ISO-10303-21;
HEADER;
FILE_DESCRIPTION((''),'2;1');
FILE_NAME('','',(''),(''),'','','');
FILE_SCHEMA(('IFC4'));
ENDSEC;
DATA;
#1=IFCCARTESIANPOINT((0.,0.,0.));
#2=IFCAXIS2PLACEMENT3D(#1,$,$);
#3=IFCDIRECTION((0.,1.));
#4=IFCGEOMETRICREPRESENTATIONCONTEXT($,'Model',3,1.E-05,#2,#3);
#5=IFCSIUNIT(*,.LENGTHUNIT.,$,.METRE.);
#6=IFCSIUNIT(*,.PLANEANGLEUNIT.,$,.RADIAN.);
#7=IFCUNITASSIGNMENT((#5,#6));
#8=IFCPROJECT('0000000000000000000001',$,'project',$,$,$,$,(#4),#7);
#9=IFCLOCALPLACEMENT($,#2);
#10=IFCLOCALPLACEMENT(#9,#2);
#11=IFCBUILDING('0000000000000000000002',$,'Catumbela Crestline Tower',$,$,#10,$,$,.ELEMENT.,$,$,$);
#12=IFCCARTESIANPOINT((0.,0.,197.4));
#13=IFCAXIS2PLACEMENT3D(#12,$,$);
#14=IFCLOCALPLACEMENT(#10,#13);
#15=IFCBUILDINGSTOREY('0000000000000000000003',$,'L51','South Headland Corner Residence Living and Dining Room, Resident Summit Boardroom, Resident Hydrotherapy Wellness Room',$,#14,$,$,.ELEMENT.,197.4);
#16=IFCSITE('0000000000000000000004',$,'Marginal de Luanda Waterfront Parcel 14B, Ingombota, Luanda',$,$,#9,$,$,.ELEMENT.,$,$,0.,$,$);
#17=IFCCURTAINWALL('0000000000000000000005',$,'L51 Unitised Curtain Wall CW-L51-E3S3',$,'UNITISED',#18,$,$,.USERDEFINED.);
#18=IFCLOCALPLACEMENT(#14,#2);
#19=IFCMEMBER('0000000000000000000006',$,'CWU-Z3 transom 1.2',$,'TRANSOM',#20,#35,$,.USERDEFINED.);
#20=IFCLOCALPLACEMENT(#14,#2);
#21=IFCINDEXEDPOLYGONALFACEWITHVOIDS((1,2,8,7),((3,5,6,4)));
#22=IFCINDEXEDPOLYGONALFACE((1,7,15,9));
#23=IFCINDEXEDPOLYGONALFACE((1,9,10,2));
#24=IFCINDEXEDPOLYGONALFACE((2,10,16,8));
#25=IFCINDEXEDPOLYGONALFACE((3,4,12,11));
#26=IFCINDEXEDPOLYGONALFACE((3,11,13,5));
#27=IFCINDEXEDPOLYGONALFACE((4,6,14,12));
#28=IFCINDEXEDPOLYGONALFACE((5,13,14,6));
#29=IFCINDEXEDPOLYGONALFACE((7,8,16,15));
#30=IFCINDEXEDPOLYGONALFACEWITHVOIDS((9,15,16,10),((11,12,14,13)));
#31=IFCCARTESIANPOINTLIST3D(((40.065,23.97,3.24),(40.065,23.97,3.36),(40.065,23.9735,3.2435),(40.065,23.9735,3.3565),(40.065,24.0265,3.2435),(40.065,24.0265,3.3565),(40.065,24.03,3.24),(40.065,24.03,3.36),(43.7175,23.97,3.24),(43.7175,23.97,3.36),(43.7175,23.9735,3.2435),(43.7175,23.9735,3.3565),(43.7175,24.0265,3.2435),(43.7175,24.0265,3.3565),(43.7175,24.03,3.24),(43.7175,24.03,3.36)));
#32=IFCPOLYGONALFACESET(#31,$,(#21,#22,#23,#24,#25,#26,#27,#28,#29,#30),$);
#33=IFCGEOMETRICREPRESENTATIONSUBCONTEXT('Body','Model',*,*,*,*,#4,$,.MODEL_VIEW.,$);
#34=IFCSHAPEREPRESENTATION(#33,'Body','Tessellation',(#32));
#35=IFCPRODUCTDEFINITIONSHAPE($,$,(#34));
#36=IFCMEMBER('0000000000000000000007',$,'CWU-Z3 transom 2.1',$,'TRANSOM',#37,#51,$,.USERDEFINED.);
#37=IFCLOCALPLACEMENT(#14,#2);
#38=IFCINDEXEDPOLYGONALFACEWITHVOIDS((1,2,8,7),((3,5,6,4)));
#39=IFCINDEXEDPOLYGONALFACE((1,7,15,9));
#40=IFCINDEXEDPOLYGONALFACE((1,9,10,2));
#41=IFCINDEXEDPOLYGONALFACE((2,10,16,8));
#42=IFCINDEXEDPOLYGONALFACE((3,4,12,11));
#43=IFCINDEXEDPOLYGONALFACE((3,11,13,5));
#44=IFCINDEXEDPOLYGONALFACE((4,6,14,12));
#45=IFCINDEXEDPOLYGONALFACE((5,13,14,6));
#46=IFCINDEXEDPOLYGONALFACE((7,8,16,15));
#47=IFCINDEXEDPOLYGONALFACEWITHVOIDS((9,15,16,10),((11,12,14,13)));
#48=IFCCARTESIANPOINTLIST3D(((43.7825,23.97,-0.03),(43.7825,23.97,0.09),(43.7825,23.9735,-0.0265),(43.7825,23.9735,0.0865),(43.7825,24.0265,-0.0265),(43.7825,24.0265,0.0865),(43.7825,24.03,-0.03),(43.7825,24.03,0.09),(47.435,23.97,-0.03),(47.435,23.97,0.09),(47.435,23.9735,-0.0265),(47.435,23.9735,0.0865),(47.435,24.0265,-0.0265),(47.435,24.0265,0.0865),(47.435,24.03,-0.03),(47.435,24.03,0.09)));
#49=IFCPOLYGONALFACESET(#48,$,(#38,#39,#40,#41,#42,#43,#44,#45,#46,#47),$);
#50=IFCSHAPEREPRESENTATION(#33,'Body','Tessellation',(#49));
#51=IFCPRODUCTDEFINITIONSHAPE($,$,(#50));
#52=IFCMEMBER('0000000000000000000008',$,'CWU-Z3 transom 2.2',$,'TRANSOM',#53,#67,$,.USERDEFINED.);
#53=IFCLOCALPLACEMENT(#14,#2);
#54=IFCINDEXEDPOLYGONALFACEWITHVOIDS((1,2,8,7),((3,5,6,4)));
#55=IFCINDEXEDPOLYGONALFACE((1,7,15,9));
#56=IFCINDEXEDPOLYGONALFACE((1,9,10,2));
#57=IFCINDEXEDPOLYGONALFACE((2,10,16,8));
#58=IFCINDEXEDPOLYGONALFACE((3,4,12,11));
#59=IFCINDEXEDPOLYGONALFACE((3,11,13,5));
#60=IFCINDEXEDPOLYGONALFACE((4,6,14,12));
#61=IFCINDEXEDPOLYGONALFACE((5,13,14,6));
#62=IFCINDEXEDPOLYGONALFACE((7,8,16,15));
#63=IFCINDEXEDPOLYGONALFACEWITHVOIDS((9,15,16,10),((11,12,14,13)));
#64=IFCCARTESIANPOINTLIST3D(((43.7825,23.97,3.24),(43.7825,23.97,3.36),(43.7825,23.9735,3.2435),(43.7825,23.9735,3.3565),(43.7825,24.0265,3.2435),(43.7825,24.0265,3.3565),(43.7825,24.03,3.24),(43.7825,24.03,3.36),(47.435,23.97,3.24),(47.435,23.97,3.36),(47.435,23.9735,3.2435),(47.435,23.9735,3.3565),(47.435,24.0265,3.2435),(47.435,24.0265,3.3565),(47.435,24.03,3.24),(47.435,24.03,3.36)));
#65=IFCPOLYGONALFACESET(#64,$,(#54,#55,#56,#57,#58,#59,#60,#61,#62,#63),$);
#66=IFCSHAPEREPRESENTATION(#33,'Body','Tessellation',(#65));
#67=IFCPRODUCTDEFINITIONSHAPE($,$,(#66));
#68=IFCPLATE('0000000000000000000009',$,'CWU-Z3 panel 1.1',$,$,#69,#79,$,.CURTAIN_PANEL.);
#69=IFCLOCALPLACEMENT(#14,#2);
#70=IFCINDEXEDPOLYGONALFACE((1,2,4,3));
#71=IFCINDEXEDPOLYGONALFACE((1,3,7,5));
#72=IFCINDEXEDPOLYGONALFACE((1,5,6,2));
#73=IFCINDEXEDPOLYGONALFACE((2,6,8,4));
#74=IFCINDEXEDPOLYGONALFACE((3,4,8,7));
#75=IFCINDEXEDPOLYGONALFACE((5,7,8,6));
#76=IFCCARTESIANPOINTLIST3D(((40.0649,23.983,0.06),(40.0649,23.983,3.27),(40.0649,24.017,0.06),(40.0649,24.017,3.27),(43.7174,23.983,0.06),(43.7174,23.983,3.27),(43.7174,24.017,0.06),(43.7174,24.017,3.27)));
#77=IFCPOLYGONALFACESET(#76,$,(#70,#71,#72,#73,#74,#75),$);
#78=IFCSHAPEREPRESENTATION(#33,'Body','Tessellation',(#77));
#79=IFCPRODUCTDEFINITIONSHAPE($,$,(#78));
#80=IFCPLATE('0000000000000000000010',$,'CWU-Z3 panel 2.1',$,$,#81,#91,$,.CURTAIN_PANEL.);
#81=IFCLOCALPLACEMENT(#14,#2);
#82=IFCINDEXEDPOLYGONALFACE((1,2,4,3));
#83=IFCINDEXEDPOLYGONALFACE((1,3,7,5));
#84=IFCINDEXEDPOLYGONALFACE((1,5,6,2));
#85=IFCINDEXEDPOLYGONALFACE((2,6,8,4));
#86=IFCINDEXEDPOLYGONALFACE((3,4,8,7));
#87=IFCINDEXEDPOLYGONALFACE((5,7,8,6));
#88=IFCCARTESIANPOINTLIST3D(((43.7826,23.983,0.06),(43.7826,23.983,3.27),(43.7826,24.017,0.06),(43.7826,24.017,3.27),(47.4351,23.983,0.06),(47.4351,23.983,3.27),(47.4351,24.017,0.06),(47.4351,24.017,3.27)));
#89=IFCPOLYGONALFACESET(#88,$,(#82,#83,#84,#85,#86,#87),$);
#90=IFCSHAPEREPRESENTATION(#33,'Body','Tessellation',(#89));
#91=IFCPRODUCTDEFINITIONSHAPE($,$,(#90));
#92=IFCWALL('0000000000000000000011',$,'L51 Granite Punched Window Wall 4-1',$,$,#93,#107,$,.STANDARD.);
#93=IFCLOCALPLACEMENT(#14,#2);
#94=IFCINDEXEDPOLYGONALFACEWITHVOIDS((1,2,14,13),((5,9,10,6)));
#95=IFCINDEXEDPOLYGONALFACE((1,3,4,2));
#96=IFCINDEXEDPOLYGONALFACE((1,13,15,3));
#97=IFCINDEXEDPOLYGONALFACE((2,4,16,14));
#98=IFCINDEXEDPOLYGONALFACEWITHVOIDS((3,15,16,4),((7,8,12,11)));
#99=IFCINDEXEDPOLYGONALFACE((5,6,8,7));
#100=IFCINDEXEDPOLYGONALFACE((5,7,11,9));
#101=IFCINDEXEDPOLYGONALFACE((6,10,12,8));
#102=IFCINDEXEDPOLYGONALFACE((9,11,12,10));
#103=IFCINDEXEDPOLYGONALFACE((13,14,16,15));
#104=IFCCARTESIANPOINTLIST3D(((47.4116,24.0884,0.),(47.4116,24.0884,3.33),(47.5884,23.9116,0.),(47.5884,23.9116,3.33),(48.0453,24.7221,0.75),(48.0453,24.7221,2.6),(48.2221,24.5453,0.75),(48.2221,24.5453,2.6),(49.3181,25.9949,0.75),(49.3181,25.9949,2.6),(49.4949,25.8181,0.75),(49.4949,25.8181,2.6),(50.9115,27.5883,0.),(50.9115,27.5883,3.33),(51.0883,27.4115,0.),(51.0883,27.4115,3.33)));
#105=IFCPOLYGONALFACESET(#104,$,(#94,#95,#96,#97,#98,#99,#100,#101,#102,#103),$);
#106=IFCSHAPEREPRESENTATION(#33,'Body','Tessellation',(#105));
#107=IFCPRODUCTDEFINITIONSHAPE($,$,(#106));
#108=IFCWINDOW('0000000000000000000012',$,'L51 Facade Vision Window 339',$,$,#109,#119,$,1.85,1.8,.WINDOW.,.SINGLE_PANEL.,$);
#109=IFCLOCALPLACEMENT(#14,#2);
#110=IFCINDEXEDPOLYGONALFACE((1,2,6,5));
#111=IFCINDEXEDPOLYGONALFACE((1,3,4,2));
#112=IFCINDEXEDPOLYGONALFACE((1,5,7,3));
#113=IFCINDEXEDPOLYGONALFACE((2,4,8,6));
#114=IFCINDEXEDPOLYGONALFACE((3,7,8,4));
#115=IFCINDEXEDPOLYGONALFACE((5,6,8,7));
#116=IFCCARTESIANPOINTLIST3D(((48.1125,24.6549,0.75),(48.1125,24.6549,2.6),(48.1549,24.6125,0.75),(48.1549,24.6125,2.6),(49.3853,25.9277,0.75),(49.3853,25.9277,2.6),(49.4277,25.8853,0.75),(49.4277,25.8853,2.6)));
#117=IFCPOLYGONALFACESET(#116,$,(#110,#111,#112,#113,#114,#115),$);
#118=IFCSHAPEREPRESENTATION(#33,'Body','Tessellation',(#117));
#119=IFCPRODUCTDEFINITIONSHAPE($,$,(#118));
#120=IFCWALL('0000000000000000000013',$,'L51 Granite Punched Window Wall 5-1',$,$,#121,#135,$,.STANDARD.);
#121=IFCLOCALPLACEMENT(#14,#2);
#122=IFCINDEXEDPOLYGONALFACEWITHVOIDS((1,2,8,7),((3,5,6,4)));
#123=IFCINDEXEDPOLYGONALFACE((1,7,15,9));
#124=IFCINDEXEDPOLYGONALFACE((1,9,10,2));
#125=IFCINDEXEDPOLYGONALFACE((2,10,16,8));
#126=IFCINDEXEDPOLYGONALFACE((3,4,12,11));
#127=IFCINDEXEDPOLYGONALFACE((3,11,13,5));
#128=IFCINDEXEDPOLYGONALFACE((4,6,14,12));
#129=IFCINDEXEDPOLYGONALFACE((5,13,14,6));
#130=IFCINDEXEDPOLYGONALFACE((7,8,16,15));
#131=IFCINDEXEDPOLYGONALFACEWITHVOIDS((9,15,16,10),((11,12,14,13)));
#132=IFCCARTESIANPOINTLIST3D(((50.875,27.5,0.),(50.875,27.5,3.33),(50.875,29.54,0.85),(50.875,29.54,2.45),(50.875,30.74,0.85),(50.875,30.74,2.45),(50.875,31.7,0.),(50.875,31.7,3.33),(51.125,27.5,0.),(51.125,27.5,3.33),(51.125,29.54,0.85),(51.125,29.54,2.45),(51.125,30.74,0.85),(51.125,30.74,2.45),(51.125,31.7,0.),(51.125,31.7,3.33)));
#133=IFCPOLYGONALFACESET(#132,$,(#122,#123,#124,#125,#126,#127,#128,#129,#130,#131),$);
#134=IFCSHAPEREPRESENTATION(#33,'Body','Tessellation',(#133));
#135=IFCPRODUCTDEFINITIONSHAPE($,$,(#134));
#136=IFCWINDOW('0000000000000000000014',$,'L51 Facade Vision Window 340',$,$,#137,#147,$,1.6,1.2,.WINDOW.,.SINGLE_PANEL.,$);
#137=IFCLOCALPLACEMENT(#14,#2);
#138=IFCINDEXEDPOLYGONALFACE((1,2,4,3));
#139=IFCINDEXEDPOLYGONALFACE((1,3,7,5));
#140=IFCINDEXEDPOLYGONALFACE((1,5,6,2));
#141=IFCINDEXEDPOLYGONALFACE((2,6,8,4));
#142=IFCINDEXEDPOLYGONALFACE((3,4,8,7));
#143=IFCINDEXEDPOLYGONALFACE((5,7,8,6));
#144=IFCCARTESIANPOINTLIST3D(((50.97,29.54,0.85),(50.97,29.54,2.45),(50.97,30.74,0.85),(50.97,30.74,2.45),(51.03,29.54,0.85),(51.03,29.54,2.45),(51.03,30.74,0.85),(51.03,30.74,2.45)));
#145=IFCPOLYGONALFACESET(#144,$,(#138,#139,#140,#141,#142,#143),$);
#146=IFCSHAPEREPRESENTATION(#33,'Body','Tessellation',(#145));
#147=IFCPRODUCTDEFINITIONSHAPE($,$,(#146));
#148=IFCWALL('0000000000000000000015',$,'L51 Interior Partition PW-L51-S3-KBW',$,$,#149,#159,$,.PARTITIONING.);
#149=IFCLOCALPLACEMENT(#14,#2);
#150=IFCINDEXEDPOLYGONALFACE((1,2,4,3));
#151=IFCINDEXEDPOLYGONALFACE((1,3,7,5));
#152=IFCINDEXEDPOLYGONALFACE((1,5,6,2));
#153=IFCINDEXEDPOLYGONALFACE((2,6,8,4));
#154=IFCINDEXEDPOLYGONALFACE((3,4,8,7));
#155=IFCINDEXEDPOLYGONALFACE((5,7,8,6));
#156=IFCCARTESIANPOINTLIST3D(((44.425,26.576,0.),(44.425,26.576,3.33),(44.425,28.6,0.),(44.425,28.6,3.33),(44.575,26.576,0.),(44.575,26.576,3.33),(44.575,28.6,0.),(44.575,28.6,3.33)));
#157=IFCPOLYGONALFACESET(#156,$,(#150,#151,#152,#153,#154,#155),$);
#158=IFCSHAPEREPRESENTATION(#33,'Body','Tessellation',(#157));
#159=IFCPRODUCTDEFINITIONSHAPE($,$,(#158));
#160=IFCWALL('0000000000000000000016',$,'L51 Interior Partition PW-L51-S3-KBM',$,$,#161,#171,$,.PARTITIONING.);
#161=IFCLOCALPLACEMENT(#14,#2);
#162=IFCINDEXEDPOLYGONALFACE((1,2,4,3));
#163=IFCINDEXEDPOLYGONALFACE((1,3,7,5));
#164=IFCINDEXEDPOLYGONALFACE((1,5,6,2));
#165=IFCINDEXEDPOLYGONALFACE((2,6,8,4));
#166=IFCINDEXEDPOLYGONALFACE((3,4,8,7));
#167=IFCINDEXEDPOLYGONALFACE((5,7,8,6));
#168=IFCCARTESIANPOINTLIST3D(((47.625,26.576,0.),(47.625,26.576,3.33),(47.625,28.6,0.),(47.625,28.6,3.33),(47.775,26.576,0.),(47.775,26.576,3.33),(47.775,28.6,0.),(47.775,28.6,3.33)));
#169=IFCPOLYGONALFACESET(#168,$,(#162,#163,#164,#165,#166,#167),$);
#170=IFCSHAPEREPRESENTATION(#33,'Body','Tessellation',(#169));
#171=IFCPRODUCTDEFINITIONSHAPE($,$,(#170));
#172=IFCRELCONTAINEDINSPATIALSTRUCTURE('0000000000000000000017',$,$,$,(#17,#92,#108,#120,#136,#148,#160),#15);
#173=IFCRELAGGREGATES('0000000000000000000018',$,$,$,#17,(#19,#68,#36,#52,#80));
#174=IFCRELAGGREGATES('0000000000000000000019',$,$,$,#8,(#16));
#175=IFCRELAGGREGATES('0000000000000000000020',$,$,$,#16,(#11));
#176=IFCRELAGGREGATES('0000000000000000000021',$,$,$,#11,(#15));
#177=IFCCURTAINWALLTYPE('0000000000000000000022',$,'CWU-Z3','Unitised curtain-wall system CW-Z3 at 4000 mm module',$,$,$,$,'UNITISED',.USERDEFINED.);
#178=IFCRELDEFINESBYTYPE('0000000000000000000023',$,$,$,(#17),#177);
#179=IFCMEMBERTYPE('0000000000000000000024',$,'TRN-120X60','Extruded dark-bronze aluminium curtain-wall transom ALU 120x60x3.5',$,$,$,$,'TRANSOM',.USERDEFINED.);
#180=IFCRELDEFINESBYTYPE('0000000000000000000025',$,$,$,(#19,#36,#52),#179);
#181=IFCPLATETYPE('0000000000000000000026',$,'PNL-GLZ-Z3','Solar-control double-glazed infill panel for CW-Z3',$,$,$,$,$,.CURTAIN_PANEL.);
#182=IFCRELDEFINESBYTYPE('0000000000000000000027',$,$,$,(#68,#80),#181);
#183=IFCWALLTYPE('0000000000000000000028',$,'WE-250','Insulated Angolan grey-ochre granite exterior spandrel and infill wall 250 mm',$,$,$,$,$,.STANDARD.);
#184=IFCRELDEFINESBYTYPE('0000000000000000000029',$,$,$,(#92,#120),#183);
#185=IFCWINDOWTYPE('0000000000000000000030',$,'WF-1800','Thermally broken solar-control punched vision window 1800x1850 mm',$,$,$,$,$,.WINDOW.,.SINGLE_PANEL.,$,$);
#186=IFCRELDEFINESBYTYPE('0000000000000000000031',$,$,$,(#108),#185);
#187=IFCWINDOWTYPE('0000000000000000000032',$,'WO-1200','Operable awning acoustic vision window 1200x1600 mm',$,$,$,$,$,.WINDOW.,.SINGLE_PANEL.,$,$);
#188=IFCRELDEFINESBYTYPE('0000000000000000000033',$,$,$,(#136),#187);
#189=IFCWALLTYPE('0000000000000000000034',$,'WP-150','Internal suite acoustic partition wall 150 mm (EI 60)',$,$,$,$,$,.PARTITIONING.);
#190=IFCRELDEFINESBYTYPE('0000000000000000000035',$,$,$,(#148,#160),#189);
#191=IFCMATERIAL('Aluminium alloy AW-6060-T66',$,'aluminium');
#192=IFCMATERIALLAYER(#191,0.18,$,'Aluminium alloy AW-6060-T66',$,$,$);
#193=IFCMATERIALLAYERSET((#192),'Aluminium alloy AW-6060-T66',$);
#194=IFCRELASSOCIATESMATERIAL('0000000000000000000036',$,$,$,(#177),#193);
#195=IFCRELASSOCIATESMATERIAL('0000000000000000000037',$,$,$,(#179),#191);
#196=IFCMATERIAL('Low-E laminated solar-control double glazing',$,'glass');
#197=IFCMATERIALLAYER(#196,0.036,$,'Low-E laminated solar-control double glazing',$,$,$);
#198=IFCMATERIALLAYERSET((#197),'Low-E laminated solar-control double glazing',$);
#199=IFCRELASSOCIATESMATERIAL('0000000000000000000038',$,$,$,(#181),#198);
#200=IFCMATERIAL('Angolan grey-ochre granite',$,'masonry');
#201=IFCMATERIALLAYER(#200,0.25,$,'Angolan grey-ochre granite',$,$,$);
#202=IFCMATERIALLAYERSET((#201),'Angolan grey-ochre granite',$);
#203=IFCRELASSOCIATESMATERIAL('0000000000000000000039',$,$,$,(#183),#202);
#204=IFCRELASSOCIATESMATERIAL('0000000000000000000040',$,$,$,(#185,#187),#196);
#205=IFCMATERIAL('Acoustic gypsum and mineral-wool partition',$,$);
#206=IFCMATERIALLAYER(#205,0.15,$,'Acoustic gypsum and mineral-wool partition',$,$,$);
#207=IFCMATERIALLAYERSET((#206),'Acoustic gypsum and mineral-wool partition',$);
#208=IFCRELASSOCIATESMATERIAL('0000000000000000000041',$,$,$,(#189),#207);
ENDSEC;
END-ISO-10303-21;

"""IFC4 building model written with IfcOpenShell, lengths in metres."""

from ifc_helpers import new_model, si_unit, direction, frame, frame_2d, origin, origin_2d, place, context, subcontext, project, spatial, rectangle, hollow_rectangle, extrude, material, layer, layer_set, material_profile, profile_set, type_object, element, fill, aggregate, save


model = new_model("IFC4")

# Units and contexts
model_context = context("Model", 3, precision=1e-05, world=origin(), true_north=direction((0.0, 1.0)))
body_context = subcontext(model_context, "Body", "Model", "MODEL_VIEW")
ifc_project = project(units=[si_unit("LENGTHUNIT", "METRE"), si_unit("PLANEANGLEUNIT", "RADIAN")], contexts=[model_context])

# Site, building, storey
site_placement = place(None, origin())
site = spatial("IfcSite", under=ifc_project, at=site_placement, Name="Marginal de Luanda Waterfront Parcel 14B, Ingombota, Luanda", CompositionType="ELEMENT", RefElevation=0.0)
building_placement = place(site_placement, origin())
building = spatial("IfcBuilding", under=site, at=building_placement, Name="Catumbela Crestline Tower", CompositionType="ELEMENT")
storey_placement = place(building_placement, frame((0.0, 0.0, 197.4)))
storey = spatial("IfcBuildingStorey", under=building, at=storey_placement, Name="L51", Description="South Headland Corner Residence Living and Dining Room, Resident Summit Boardroom, Resident Hydrotherapy Wellness Room", CompositionType="ELEMENT", Elevation=197.4)

# Curtain wall, members, plates
ifc_material_1 = material(Name="Aluminium alloy AW-6060-T66", Category="aluminium")
ifc_layer_1 = layer(ifc_material_1, 0.18, Name="Aluminium alloy AW-6060-T66")
ifc_layer_set_1 = layer_set([ifc_layer_1], Name="Aluminium alloy AW-6060-T66")
curtain_wall_type = type_object("IfcCurtainWallType", Name="CWU-Z3", Description="Unitised curtain-wall system CW-Z3 at 4000 mm module", ElementType="UNITISED", PredefinedType="USERDEFINED", material=ifc_layer_set_1)
curtain_wall_placement = place(storey_placement, origin())
curtain_wall = element("IfcCurtainWall", 1, at=curtain_wall_placement, inside=storey, type_object=curtain_wall_type, Name="L51 Unitised Curtain Wall CW-L51-E3S3", ObjectType="UNITISED", PredefinedType="USERDEFINED")
ifc_material_profile_1 = material_profile(ifc_material_1, hollow_rectangle(XDim=0.06, YDim=0.12, WallThickness=0.0035, at=origin_2d()), Name="ALU 120x60x3.5")
ifc_profile_set_1 = profile_set([ifc_material_profile_1], Name="Aluminium alloy AW-6060-T66")
member_type_1 = type_object("IfcMemberType", Name="TRN-120X60", Description="Extruded dark-bronze aluminium curtain-wall transom ALU 120x60x3.5", ElementType="TRANSOM", PredefinedType="USERDEFINED", material=ifc_profile_set_1)
member_1_placement = place(storey_placement, frame((40.065, 24.0, 3.3), z_axis=(1.0, 0.0, 0.0), x_axis=(0.0, 1.0, 0.0)))
member_1 = element("IfcMember", 2, at=member_1_placement, type_object=member_type_1, Name="CWU-Z3 transom 1.2", ObjectType="TRANSOM", PredefinedType="USERDEFINED", context=body_context, shape_type="SweptSolid", body=[
    extrude(hollow_rectangle(XDim=0.06, YDim=0.12, WallThickness=0.0035, at=origin_2d()), origin(), (0.0, 0.0, 1.0), 3.6525),
])
member_2_placement = place(storey_placement, frame((43.7825, 24.0, 0.03), z_axis=(1.0, 0.0, 0.0), x_axis=(0.0, 1.0, 0.0)))
member_2 = element("IfcMember", 3, at=member_2_placement, type_object=member_type_1, Name="CWU-Z3 transom 2.1", ObjectType="TRANSOM", PredefinedType="USERDEFINED", context=body_context, shape_type="SweptSolid", body=[
    extrude(hollow_rectangle(XDim=0.06, YDim=0.12, WallThickness=0.0035, at=origin_2d()), origin(), (0.0, 0.0, 1.0), 3.6525),
])
member_3_placement = place(storey_placement, frame((43.7825, 24.0, 3.3), z_axis=(1.0, 0.0, 0.0), x_axis=(0.0, 1.0, 0.0)))
member_3 = element("IfcMember", 4, at=member_3_placement, type_object=member_type_1, Name="CWU-Z3 transom 2.2", ObjectType="TRANSOM", PredefinedType="USERDEFINED", context=body_context, shape_type="SweptSolid", body=[
    extrude(hollow_rectangle(XDim=0.06, YDim=0.12, WallThickness=0.0035, at=origin_2d()), origin(), (0.0, 0.0, 1.0), 3.6525),
])
ifc_material_2 = material(Name="Low-E laminated solar-control double glazing", Category="glass")
ifc_layer_2 = layer(ifc_material_2, 0.036, Name="Low-E laminated solar-control double glazing")
ifc_layer_set_2 = layer_set([ifc_layer_2], Name="Low-E laminated solar-control double glazing")
plate_type = type_object("IfcPlateType", Name="PNL-GLZ-Z3", Description="Solar-control double-glazed infill panel for CW-Z3", PredefinedType="CURTAIN_PANEL", material=ifc_layer_set_2)
plate_1_placement = place(storey_placement, frame((41.8912, 24.0, 0.06), z_axis=(0.0, 0.0, 1.0), x_axis=(1.0, 0.0, 0.0)))
plate_1 = element("IfcPlate", 5, at=plate_1_placement, type_object=plate_type, Name="CWU-Z3 panel 1.1", PredefinedType="CURTAIN_PANEL", context=body_context, shape_type="SweptSolid", body=[
    extrude(rectangle(XDim=3.6525, YDim=0.034, at=origin_2d()), origin(), (0.0, 0.0, 1.0), 3.21),
])
plate_2_placement = place(storey_placement, frame((45.6088, 24.0, 0.06), z_axis=(0.0, 0.0, 1.0), x_axis=(1.0, 0.0, 0.0)))
plate_2 = element("IfcPlate", 6, at=plate_2_placement, type_object=plate_type, Name="CWU-Z3 panel 2.1", PredefinedType="CURTAIN_PANEL", context=body_context, shape_type="SweptSolid", body=[
    extrude(rectangle(XDim=3.6525, YDim=0.034, at=origin_2d()), origin(), (0.0, 0.0, 1.0), 3.21),
])
aggregate(curtain_wall, [member_1, plate_1, member_2, member_3, plate_2])

# Walls, openings, windows
ifc_material_3 = material(Name="Angolan grey-ochre granite", Category="masonry")
ifc_layer_3 = layer(ifc_material_3, 0.25, Name="Angolan grey-ochre granite")
ifc_layer_set_3 = layer_set([ifc_layer_3], Name="Angolan grey-ochre granite")
wall_type_1 = type_object("IfcWallType", Name="WE-250", Description="Insulated Angolan grey-ochre granite exterior spandrel and infill wall 250 mm", PredefinedType="STANDARD", material=ifc_layer_set_3)
wall_1_placement = place(storey_placement, frame((47.5, 24.0, 0.0), z_axis=(0.0, 0.0, 1.0), x_axis=(0.707107, 0.707107, 0.0)))
wall_1 = element("IfcWall", 7, at=wall_1_placement, inside=storey, type_object=wall_type_1, Name="L51 Granite Punched Window Wall 4-1", PredefinedType="STANDARD", context=body_context, shape_type="SweptSolid", body=[
    extrude(rectangle(XDim=4.9497, YDim=0.25, at=frame_2d((2.4748, 0.0))), origin(), (0.0, 0.0, 1.0), 3.33),
])
opening_1_placement = place(wall_1_placement, frame((0.8962, 0.0, 0.75)))
opening_1 = element("IfcOpeningElement", 8, at=opening_1_placement, cuts=wall_1, PredefinedType="OPENING", context=body_context, shape_type="SweptSolid", body=[
    extrude(rectangle(XDim=1.8, YDim=1.85, at=frame_2d((0.9, 0.925))), frame((0.0, 0.135, 0.0), z_axis=(0.0, -1.0, 0.0), x_axis=(1.0, 0.0, 0.0)), (0.0, 0.0, 1.0), 0.27),
])
window_type_1 = type_object("IfcWindowType", Name="WF-1800", Description="Thermally broken solar-control punched vision window 1800x1850 mm", PartitioningType="SINGLE_PANEL", PredefinedType="WINDOW", material=ifc_material_2)
window_1_placement = place(opening_1_placement, origin())
window_1 = element("IfcWindow", 9, at=window_1_placement, inside=storey, type_object=window_type_1, Name="L51 Facade Vision Window 339", OverallHeight=1.85, OverallWidth=1.8, PartitioningType="SINGLE_PANEL", PredefinedType="WINDOW", context=body_context, shape_type="SweptSolid", body=[
    extrude(rectangle(XDim=1.8, YDim=1.85, at=frame_2d((0.9, 0.925))), frame((0.0, 0.03, 0.0), z_axis=(0.0, -1.0, 0.0), x_axis=(1.0, 0.0, 0.0)), (0.0, 0.0, 1.0), 0.06),
])
fill(opening_1, window_1)
wall_2_placement = place(storey_placement, frame((51.0, 27.5, 0.0), z_axis=(0.0, 0.0, 1.0), x_axis=(0.0, 1.0, 0.0)))
wall_2 = element("IfcWall", 10, at=wall_2_placement, inside=storey, type_object=wall_type_1, Name="L51 Granite Punched Window Wall 5-1", PredefinedType="STANDARD", context=body_context, shape_type="SweptSolid", body=[
    extrude(rectangle(XDim=4.2, YDim=0.25, at=frame_2d((2.1, 0.0))), origin(), (0.0, 0.0, 1.0), 3.33),
])
opening_2_placement = place(wall_2_placement, frame((2.04, 0.0, 0.85)))
opening_2 = element("IfcOpeningElement", 11, at=opening_2_placement, cuts=wall_2, PredefinedType="OPENING", context=body_context, shape_type="SweptSolid", body=[
    extrude(rectangle(XDim=1.2, YDim=1.6, at=frame_2d((0.6, 0.8))), frame((0.0, 0.135, 0.0), z_axis=(0.0, -1.0, 0.0), x_axis=(1.0, 0.0, 0.0)), (0.0, 0.0, 1.0), 0.27),
])
window_type_2 = type_object("IfcWindowType", Name="WO-1200", Description="Operable awning acoustic vision window 1200x1600 mm", PartitioningType="SINGLE_PANEL", PredefinedType="WINDOW", material=ifc_material_2)
window_2_placement = place(opening_2_placement, origin())
window_2 = element("IfcWindow", 12, at=window_2_placement, inside=storey, type_object=window_type_2, Name="L51 Facade Vision Window 340", OverallHeight=1.6, OverallWidth=1.2, PartitioningType="SINGLE_PANEL", PredefinedType="WINDOW", context=body_context, shape_type="SweptSolid", body=[
    extrude(rectangle(XDim=1.2, YDim=1.6, at=frame_2d((0.6, 0.8))), frame((0.0, 0.03, 0.0), z_axis=(0.0, -1.0, 0.0), x_axis=(1.0, 0.0, 0.0)), (0.0, 0.0, 1.0), 0.06),
])
fill(opening_2, window_2)

# Walls
ifc_material_4 = material(Name="Acoustic gypsum and mineral-wool partition")
ifc_layer_4 = layer(ifc_material_4, 0.15, Name="Acoustic gypsum and mineral-wool partition")
ifc_layer_set_4 = layer_set([ifc_layer_4], Name="Acoustic gypsum and mineral-wool partition")
wall_type_2 = type_object("IfcWallType", Name="WP-150", Description="Internal suite acoustic partition wall 150 mm (EI 60)", PredefinedType="PARTITIONING", material=ifc_layer_set_4)
for number, where, z_axis, x_axis, name in (
    (13, (44.5, 26.576, 0.0), (0.0, 0.0, 1.0), (0.0, 1.0, 0.0), "L51 Interior Partition PW-L51-S3-KBW"),
    (14, (47.7, 26.576, 0.0), (0.0, 0.0, 1.0), (0.0, 1.0, 0.0), "L51 Interior Partition PW-L51-S3-KBM"),
):
    element("IfcWall", number, at=place(storey_placement, frame(where, z_axis=z_axis, x_axis=x_axis)), inside=storey, type_object=wall_type_2, Name=name, PredefinedType="PARTITIONING", context=body_context, shape_type="SweptSolid", body=[
        extrude(rectangle(XDim=2.024, YDim=0.15, at=frame_2d((1.012, 0.0))), origin(), (0.0, 0.0, 1.0), 3.33),
    ])

save(model, "model.ifc")
